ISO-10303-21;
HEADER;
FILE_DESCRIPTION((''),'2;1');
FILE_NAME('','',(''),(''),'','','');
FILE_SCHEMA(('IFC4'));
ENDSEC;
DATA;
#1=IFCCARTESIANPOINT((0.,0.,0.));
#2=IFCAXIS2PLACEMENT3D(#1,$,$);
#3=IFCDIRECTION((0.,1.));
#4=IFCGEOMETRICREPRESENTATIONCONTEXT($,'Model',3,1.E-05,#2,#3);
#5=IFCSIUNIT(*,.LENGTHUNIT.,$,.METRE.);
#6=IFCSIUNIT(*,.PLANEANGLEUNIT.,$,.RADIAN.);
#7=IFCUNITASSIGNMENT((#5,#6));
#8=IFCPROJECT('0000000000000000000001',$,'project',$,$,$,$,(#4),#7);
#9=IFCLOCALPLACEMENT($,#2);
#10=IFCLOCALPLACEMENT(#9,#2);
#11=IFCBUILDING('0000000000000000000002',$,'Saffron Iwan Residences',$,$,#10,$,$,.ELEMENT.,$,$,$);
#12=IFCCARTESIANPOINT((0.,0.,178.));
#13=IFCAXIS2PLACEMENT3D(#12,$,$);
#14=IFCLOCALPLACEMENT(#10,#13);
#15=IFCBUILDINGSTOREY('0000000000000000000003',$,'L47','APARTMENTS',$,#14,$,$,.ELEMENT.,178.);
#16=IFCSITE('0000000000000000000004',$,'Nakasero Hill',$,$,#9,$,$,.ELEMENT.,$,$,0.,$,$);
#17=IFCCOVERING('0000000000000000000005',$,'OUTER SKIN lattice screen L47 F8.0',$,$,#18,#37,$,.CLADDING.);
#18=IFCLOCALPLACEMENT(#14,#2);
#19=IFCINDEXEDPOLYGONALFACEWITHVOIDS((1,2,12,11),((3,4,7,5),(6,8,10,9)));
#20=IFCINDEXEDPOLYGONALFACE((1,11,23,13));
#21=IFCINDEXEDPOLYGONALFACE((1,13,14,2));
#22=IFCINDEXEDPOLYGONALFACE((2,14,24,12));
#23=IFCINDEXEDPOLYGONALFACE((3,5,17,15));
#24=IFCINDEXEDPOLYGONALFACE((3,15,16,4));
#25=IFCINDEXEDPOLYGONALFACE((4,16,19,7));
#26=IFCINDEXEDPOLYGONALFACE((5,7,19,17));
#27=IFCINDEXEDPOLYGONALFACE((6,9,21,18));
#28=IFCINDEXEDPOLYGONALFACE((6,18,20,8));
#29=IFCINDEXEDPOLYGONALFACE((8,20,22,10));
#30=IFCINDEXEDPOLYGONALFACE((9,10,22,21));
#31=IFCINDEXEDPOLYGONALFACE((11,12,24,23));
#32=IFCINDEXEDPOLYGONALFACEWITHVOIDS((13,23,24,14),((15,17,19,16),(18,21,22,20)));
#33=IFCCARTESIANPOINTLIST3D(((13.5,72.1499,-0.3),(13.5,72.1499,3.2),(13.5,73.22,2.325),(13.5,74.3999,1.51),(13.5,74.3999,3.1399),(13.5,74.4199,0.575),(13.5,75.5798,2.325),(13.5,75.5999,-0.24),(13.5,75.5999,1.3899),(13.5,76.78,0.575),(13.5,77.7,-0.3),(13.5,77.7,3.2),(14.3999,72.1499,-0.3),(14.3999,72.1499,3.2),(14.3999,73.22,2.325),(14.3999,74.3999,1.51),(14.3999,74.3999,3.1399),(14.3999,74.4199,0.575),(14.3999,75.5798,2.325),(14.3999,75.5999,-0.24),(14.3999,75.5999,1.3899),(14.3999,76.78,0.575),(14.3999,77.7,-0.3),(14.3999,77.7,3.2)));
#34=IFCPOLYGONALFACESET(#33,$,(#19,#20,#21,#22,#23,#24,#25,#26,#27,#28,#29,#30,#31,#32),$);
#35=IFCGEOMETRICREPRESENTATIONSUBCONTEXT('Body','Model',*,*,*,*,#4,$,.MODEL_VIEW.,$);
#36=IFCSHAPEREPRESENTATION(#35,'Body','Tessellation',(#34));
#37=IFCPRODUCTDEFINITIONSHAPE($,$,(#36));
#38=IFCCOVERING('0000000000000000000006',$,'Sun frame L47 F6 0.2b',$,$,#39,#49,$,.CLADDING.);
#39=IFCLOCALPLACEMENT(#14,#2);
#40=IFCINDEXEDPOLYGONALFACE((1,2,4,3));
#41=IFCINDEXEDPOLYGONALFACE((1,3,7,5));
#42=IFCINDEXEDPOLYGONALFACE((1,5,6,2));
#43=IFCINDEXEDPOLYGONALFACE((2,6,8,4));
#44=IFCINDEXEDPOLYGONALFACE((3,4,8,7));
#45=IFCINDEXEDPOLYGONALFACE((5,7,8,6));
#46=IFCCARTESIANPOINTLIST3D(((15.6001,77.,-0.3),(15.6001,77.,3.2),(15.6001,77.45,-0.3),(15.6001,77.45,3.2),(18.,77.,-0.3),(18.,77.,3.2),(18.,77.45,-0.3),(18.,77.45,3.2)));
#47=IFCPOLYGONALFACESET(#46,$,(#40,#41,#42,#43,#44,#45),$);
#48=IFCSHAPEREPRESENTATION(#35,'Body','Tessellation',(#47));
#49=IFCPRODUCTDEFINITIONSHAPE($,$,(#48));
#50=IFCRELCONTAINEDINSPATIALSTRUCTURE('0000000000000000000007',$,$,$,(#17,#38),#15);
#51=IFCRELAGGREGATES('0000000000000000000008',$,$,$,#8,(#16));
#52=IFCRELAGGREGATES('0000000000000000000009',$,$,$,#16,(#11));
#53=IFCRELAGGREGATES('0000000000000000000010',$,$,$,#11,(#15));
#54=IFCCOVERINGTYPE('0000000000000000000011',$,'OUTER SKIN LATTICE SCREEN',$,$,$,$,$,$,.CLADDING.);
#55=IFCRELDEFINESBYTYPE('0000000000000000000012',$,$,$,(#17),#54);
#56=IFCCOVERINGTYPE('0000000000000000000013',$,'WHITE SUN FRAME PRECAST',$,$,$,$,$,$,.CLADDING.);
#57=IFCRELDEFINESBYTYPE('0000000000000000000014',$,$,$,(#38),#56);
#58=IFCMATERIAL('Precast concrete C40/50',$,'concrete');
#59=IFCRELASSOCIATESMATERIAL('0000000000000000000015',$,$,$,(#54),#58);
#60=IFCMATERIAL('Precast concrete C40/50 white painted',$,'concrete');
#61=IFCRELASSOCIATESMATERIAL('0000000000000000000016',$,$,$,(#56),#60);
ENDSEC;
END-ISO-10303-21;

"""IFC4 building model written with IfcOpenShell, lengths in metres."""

from ifc_helpers import new_model, si_unit, direction, frame, origin, place, context, subcontext, project, spatial, polyline, outline, extrude, material, type_object, element, save


model = new_model("IFC4")

# Units and contexts
model_context = context("Model", 3, precision=1e-05, world=origin(), true_north=direction((0.0, 1.0)))
body_context = subcontext(model_context, "Body", "Model", "MODEL_VIEW")
ifc_project = project(units=[si_unit("LENGTHUNIT", "METRE"), si_unit("PLANEANGLEUNIT", "RADIAN")], contexts=[model_context])

# Site, building, storey
site_placement = place(None, origin())
site = spatial("IfcSite", under=ifc_project, at=site_placement, Name="Nakasero Hill", CompositionType="ELEMENT", RefElevation=0.0)
building_placement = place(site_placement, origin())
building = spatial("IfcBuilding", under=site, at=building_placement, Name="Saffron Iwan Residences", CompositionType="ELEMENT")
storey_placement = place(building_placement, frame((0.0, 0.0, 178.0)))
storey = spatial("IfcBuildingStorey", under=building, at=storey_placement, Name="L47", Description="APARTMENTS", CompositionType="ELEMENT", Elevation=178.0)

# Coverings
ifc_material_1 = material(Name="Precast concrete C40/50", Category="concrete")
covering_type_1 = type_object("IfcCoveringType", Name="OUTER SKIN LATTICE SCREEN", PredefinedType="CLADDING", material=ifc_material_1)
covering_1_placement = place(storey_placement, frame((14.3999, 77.7, -0.3), z_axis=(-1.0, 0.0, 0.0), x_axis=(0.0, -1.0, 0.0)))
element("IfcCovering", 1, at=covering_1_placement, inside=storey, type_object=covering_type_1, Name="OUTER SKIN lattice screen L47 F8.0", PredefinedType="CLADDING", context=body_context, shape_type="SweptSolid", body=[
    extrude(outline(polyline([(0.0, 0.0), (5.55, 0.0), (5.55, 3.5), (0.0, 3.5), (0.0, 0.0)]), holes=[polyline([(0.9199, 0.875), (2.1001, 0.0601), (3.28, 0.875), (2.1001, 1.6899), (0.9199, 0.875)]), polyline([(2.1201, 2.625), (3.3, 1.8101), (4.48, 2.625), (3.3, 3.4399), (2.1201, 2.625)])]), origin(), (0.0, 0.0, 1.0), 0.8999),
])
ifc_material_2 = material(Name="Precast concrete C40/50 white painted", Category="concrete")
covering_type_2 = type_object("IfcCoveringType", Name="WHITE SUN FRAME PRECAST", PredefinedType="CLADDING", material=ifc_material_2)
covering_2_placement = place(storey_placement, frame((18.0, 77.45, -0.3), z_axis=(-1.0, 0.0, 0.0), x_axis=(0.0, -1.0, 0.0)))
element("IfcCovering", 2, at=covering_2_placement, inside=storey, type_object=covering_type_2, Name="Sun frame L47 F6 0.2b", PredefinedType="CLADDING", context=body_context, shape_type="SweptSolid", body=[
    extrude(outline(polyline([(0.0, 0.0), (0.45, 0.0), (0.45, 3.5), (0.0, 3.5), (0.0, 0.0)])), origin(), (0.0, 0.0, 1.0), 2.3999),
])

save(model, "model.ifc")
